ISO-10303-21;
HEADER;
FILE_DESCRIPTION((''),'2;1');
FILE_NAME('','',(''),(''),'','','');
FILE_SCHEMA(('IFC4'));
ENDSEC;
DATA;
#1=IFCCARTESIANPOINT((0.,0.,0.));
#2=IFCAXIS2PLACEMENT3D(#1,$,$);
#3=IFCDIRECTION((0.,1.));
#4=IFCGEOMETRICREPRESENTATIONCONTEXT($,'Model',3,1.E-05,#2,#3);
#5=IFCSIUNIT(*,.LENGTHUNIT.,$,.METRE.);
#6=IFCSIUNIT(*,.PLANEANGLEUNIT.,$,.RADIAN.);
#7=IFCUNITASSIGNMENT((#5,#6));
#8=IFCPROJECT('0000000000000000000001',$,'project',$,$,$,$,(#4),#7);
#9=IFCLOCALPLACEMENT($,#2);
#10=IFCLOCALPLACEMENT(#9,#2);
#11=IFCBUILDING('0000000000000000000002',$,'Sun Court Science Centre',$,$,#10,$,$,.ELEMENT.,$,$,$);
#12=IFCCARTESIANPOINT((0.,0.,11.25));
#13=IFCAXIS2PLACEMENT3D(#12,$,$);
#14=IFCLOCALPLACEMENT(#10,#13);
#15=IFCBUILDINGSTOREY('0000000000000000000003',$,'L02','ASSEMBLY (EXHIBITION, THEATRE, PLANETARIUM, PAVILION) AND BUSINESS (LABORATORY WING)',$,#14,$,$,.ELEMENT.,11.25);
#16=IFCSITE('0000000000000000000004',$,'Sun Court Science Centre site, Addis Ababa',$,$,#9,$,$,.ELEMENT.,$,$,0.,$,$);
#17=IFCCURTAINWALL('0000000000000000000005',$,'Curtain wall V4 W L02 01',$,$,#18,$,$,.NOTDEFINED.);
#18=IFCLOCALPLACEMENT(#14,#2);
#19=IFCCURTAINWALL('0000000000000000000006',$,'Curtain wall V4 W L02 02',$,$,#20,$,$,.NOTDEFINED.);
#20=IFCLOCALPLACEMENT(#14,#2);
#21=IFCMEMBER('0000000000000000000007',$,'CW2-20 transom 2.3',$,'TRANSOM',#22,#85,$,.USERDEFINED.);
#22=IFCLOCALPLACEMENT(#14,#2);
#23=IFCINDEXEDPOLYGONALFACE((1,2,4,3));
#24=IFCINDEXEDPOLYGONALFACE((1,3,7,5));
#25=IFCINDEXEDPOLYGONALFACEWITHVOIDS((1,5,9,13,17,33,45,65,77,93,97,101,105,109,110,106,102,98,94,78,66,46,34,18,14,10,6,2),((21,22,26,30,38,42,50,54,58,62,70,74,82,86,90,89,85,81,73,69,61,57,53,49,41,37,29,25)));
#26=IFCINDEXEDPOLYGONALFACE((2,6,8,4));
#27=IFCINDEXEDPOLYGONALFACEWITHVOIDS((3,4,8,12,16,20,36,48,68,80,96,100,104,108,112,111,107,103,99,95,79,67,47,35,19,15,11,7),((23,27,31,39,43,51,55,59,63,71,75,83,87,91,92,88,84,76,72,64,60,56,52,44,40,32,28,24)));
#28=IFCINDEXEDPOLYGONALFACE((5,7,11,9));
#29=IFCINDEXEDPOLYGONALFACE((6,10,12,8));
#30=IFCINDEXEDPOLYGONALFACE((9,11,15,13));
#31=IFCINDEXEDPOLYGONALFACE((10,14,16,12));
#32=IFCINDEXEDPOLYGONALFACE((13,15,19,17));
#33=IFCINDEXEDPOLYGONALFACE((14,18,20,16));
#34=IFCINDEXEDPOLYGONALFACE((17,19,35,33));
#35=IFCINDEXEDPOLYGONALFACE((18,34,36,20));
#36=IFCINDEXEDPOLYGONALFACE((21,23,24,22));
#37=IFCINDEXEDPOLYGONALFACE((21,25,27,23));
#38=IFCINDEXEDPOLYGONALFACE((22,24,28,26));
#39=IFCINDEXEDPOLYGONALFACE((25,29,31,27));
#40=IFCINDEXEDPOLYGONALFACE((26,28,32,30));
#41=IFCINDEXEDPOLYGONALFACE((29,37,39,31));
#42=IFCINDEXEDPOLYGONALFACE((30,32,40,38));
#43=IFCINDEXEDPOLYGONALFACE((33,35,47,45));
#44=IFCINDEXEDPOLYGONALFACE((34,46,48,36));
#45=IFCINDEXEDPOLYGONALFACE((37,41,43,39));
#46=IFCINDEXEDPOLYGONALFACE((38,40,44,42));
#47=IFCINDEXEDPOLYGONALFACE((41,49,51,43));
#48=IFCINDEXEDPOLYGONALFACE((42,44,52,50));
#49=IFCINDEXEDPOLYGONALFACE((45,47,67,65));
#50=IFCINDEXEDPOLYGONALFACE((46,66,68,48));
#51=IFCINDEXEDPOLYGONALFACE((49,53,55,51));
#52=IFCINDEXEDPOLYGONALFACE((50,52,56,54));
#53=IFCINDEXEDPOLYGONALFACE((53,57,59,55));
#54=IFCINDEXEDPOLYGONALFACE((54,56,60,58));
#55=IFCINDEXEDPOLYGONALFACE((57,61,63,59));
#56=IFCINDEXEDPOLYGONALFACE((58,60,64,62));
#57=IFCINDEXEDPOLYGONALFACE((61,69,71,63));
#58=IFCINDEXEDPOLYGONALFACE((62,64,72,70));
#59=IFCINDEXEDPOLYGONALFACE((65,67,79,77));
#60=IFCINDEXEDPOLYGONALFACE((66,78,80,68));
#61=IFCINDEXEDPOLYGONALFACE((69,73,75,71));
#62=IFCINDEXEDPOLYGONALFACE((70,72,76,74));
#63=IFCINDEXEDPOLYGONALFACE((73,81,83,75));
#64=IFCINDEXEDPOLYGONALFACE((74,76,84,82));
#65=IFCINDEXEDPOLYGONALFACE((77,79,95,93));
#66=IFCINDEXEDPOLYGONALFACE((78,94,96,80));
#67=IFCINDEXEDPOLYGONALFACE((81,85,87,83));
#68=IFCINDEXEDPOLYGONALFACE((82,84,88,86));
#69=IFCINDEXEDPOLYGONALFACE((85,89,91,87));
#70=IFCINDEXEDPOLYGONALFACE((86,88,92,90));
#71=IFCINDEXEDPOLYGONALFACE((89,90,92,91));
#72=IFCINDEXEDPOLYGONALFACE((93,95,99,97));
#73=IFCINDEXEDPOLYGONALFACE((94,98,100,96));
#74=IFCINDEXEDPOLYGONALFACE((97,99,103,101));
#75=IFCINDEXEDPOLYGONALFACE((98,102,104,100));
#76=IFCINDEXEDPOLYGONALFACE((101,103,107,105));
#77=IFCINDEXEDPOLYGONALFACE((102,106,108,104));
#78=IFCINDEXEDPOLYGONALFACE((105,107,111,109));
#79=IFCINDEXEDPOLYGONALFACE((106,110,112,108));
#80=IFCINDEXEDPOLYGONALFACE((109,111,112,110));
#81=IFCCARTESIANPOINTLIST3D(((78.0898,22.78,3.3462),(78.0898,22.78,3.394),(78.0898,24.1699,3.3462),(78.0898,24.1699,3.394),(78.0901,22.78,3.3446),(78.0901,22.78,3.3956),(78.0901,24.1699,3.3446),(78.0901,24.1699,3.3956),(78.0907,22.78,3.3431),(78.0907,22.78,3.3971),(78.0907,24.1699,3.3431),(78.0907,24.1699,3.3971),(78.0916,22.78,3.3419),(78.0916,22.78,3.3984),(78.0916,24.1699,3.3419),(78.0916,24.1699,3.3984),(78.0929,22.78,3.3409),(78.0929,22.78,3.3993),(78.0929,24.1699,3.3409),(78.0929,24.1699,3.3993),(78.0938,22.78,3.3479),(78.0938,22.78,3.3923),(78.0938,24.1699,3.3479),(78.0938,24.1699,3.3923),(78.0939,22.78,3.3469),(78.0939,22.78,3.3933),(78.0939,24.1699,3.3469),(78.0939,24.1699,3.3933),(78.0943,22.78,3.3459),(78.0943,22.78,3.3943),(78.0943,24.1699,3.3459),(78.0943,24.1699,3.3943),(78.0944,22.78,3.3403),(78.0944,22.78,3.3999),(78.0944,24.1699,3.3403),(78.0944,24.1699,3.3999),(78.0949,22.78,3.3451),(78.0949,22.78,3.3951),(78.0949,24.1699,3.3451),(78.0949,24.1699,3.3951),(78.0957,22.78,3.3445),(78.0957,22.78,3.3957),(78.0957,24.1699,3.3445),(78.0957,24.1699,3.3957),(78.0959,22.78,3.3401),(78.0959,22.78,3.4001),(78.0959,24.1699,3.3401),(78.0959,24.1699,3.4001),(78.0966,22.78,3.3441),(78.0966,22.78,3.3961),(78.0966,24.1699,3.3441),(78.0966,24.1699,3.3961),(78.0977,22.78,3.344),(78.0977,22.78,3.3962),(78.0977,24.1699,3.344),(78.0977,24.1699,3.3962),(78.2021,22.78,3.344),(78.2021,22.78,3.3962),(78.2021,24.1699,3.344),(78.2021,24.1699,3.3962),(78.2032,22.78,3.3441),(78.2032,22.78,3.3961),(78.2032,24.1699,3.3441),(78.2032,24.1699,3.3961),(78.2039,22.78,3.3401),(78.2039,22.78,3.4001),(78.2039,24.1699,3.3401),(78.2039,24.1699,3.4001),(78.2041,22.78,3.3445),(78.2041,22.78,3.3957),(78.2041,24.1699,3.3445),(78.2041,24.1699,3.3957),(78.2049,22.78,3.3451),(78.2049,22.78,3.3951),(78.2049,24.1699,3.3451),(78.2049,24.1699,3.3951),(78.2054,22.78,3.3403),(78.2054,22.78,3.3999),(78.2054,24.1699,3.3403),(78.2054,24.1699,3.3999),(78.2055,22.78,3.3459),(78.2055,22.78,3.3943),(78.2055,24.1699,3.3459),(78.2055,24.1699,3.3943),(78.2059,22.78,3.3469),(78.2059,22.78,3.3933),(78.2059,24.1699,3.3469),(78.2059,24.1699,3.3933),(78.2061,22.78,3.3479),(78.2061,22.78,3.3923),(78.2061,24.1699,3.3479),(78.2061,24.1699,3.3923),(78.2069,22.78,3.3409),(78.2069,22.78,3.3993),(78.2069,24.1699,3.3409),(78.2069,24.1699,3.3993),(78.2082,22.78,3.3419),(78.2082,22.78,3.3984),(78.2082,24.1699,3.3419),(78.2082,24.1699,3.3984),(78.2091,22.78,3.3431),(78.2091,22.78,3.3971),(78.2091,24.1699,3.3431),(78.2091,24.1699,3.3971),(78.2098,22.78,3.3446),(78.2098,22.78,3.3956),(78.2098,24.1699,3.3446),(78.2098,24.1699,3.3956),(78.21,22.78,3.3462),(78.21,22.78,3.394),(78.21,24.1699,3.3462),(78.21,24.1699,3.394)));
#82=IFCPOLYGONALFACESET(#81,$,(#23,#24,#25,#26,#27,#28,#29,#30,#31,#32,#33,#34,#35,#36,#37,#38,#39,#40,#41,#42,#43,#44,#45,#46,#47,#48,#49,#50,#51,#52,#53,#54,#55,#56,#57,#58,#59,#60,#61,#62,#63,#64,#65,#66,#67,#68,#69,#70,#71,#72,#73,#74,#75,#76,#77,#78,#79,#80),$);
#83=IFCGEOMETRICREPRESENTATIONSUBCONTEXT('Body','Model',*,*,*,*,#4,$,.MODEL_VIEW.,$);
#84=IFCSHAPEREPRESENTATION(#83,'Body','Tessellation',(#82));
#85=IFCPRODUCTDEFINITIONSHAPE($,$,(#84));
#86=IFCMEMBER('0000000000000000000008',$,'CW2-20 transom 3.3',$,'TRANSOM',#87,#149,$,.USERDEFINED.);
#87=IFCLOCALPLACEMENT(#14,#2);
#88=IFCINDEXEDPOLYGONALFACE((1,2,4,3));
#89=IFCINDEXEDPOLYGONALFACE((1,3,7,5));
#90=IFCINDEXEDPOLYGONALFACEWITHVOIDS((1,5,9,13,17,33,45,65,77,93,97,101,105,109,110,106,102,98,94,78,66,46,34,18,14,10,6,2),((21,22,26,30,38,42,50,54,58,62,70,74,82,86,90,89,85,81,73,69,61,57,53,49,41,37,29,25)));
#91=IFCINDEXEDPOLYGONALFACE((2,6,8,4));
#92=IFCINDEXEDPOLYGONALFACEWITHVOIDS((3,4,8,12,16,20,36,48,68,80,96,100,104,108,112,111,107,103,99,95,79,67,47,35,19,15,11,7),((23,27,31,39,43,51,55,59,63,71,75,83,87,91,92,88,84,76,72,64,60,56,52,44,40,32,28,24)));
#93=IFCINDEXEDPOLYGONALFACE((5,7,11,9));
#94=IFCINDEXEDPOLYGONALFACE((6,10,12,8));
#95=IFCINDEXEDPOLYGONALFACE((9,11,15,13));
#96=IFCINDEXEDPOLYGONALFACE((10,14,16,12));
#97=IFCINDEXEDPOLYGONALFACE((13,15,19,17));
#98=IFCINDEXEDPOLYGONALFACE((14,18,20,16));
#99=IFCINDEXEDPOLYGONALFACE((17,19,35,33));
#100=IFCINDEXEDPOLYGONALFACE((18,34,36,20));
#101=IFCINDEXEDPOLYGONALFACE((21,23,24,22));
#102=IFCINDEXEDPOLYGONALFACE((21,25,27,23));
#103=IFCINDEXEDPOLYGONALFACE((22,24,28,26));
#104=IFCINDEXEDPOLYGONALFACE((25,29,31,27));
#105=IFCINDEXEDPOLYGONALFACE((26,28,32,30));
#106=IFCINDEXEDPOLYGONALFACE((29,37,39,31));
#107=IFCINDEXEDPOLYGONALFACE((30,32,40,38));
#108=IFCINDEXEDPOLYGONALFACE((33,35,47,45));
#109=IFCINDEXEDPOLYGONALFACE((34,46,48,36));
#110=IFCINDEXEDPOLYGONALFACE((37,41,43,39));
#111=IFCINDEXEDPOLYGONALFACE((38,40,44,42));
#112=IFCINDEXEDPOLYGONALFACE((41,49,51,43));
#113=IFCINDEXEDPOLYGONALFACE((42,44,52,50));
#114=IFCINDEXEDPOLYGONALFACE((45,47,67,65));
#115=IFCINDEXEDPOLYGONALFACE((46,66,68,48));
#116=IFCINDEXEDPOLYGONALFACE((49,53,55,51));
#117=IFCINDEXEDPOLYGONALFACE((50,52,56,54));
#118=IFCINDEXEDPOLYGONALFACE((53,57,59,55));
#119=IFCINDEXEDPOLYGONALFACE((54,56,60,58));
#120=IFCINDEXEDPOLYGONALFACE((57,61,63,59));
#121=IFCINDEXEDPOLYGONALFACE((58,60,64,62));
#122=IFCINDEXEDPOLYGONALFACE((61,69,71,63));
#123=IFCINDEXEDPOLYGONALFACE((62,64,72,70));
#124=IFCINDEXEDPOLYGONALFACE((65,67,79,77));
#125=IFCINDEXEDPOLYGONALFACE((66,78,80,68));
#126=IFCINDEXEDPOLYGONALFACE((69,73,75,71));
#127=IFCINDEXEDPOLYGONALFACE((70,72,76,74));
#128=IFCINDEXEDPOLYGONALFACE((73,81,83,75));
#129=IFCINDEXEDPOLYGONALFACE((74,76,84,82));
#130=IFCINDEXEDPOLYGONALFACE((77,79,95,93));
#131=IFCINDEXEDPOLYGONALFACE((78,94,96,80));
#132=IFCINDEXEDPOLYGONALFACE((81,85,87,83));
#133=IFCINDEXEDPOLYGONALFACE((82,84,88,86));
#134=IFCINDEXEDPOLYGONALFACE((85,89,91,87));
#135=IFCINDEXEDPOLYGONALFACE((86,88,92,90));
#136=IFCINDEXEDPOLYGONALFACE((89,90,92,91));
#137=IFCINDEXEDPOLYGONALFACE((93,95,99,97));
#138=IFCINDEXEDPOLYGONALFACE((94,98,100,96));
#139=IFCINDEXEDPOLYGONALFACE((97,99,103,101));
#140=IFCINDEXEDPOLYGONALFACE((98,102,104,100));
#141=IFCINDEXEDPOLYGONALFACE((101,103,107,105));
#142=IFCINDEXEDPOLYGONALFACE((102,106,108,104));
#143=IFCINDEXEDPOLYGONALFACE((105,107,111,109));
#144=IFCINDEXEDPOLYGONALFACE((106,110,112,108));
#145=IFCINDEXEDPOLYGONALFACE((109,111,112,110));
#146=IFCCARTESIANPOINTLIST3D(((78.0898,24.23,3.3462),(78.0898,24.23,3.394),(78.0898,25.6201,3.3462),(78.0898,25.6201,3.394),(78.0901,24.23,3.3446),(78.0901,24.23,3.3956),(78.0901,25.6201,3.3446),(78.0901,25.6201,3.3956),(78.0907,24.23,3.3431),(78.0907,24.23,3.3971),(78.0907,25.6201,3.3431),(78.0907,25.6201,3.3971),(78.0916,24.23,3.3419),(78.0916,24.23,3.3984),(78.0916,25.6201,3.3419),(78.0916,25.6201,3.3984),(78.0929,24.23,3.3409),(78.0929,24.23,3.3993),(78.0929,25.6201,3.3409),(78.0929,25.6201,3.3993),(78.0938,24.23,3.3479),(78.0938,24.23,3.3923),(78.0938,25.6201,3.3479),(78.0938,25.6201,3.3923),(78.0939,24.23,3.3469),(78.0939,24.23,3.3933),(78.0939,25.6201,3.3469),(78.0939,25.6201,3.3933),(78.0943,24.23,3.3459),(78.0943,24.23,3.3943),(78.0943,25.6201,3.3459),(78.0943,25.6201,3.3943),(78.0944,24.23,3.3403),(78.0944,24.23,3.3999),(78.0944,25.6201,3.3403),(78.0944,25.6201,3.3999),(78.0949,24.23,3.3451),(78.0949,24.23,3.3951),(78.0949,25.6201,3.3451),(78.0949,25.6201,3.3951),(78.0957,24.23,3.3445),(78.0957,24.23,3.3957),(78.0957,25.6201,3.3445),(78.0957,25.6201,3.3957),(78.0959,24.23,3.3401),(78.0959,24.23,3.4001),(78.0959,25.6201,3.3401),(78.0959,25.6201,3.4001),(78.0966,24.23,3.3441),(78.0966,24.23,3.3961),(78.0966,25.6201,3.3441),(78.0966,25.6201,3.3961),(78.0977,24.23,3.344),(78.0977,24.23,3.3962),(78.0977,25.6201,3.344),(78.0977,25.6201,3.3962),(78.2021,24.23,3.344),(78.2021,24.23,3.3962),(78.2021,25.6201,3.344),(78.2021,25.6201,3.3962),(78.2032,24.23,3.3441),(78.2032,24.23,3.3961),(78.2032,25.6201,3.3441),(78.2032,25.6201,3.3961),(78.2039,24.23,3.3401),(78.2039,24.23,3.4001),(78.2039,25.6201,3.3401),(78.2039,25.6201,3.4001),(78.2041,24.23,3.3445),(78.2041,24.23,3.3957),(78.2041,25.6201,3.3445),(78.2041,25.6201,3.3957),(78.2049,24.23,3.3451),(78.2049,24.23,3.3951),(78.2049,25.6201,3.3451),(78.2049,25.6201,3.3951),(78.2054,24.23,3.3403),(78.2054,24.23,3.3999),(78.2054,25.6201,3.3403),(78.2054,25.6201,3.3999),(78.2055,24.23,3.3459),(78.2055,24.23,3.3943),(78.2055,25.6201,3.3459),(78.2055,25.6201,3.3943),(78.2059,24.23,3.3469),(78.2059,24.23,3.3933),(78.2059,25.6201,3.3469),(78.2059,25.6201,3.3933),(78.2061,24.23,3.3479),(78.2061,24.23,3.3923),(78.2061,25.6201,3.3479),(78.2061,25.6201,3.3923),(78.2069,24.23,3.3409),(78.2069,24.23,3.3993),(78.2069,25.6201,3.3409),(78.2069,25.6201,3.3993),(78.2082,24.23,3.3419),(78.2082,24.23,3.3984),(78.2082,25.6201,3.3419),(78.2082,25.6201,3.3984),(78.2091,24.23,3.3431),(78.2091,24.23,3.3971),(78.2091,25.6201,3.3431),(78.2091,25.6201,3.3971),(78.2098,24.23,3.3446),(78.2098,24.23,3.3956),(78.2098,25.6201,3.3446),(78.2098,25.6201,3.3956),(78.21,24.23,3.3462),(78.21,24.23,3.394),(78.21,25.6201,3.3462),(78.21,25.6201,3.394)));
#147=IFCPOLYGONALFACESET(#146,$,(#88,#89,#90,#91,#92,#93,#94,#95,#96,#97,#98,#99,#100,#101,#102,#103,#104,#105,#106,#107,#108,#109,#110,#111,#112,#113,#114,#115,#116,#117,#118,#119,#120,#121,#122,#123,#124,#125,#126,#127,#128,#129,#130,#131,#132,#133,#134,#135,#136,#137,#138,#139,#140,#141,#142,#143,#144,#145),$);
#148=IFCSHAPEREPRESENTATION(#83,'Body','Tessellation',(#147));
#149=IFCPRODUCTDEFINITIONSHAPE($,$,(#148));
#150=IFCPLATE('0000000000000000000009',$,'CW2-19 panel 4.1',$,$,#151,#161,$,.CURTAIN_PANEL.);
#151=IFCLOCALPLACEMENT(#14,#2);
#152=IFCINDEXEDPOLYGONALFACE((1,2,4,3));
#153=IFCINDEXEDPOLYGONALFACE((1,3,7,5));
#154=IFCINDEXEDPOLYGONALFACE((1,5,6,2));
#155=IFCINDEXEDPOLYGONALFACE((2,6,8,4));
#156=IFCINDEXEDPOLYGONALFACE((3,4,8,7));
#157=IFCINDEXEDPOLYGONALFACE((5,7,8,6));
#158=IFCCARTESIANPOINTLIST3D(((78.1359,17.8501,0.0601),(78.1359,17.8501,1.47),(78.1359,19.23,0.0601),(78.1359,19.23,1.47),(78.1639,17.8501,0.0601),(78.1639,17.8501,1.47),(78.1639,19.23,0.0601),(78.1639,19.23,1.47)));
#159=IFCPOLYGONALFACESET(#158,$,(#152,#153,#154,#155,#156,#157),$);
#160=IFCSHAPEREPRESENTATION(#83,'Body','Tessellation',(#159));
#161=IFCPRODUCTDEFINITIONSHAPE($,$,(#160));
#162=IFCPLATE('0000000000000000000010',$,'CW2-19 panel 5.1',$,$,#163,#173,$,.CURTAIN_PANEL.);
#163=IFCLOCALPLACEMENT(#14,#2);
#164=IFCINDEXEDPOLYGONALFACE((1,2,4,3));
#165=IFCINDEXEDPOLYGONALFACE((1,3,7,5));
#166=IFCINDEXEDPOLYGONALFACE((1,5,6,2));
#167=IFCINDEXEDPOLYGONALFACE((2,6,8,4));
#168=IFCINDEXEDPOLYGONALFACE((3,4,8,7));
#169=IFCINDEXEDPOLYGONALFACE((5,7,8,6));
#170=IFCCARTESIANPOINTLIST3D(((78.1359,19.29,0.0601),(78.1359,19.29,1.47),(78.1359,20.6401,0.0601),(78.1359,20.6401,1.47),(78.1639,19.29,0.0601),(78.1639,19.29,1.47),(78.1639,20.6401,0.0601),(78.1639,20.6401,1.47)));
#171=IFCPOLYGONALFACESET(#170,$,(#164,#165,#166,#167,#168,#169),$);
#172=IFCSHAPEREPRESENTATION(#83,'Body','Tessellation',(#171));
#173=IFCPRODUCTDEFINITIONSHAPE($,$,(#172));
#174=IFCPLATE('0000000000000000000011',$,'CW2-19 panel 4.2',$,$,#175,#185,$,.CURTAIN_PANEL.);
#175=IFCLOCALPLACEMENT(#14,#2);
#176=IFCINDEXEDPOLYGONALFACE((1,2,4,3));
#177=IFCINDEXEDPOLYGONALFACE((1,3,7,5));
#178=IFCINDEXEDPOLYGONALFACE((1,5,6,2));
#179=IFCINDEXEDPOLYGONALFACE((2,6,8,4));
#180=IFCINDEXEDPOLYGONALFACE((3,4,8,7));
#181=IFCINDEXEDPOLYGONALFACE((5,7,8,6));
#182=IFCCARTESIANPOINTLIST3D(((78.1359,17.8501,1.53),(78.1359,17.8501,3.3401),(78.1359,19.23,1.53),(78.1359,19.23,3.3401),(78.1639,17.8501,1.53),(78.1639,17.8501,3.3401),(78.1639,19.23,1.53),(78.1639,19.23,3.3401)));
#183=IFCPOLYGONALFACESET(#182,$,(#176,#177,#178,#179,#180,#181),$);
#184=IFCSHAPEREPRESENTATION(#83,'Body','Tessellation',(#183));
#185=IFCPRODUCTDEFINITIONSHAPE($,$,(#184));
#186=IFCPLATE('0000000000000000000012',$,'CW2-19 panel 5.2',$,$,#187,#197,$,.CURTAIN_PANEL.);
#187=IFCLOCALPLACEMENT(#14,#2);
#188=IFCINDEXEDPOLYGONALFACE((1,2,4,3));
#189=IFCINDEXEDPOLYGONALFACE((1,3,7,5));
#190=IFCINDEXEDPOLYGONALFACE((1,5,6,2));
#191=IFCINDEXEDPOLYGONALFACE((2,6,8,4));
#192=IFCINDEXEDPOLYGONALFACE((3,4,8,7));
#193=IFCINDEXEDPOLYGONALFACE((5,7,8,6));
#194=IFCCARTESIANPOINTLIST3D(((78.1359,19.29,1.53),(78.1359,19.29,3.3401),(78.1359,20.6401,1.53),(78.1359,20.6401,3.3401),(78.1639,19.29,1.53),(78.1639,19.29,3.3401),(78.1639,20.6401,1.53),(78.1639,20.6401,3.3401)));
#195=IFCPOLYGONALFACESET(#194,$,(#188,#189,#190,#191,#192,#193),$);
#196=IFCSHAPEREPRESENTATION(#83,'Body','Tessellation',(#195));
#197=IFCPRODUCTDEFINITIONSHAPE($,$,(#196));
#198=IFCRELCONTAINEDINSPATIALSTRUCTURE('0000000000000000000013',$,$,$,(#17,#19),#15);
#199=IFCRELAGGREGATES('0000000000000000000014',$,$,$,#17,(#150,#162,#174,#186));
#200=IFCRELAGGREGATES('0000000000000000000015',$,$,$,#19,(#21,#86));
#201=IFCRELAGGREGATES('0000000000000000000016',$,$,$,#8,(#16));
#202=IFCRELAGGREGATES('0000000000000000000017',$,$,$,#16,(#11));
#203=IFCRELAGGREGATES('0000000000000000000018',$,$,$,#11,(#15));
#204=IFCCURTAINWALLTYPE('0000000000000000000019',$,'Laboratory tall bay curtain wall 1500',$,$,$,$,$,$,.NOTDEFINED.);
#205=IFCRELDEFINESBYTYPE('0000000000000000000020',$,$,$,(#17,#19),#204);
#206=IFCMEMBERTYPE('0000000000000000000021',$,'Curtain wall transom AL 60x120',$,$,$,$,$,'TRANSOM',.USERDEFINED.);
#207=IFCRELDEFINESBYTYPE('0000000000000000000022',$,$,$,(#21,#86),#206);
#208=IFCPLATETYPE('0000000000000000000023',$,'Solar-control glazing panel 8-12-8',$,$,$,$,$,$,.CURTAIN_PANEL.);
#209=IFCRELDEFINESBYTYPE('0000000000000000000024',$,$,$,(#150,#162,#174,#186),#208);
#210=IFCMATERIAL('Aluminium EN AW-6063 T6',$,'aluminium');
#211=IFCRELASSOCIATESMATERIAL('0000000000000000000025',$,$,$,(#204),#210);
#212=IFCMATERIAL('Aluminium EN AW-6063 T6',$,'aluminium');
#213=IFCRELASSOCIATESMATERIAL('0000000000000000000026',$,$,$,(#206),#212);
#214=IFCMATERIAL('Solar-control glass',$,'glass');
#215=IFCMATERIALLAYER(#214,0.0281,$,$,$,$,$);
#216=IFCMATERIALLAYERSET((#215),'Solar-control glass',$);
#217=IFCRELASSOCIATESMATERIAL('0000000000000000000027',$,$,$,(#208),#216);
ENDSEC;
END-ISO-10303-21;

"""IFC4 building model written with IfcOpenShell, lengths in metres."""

from ifc_helpers import new_model, si_unit, direction, frame, origin, origin_2d, place, context, subcontext, project, spatial, rectangle, hollow_rectangle, extrude, material, layer, layer_set, material_profile, profile_set, type_object, element, aggregate, save


model = new_model("IFC4")

# Units and contexts
model_context = context("Model", 3, precision=1e-05, world=origin(), true_north=direction((0.0, 1.0)))
body_context = subcontext(model_context, "Body", "Model", "MODEL_VIEW")
ifc_project = project(units=[si_unit("LENGTHUNIT", "METRE"), si_unit("PLANEANGLEUNIT", "RADIAN")], contexts=[model_context])

# Site, building, storey
site_placement = place(None, origin())
site = spatial("IfcSite", under=ifc_project, at=site_placement, Name="Sun Court Science Centre site, Addis Ababa", CompositionType="ELEMENT", RefElevation=0.0)
building_placement = place(site_placement, origin())
building = spatial("IfcBuilding", under=site, at=building_placement, Name="Sun Court Science Centre", CompositionType="ELEMENT")
storey_placement = place(building_placement, frame((0.0, 0.0, 11.25)))
storey = spatial("IfcBuildingStorey", under=building, at=storey_placement, Name="L02", Description="ASSEMBLY (EXHIBITION, THEATRE, PLANETARIUM, PAVILION) AND BUSINESS (LABORATORY WING)", CompositionType="ELEMENT", Elevation=11.25)

# Curtain walls
ifc_material_1 = material(Name="Aluminium EN AW-6063 T6", Category="aluminium")
curtain_wall_type = type_object("IfcCurtainWallType", Name="Laboratory tall bay curtain wall 1500", PredefinedType="NOTDEFINED", material=ifc_material_1)
curtain_wall_1_placement = place(storey_placement, origin())
curtain_wall_1 = element("IfcCurtainWall", 1, at=curtain_wall_1_placement, inside=storey, type_object=curtain_wall_type, Name="Curtain wall V4 W L02 01", PredefinedType="NOTDEFINED")
curtain_wall_2_placement = place(storey_placement, origin())
curtain_wall_2 = element("IfcCurtainWall", 2, at=curtain_wall_2_placement, inside=storey, type_object=curtain_wall_type, Name="Curtain wall V4 W L02 02", PredefinedType="NOTDEFINED")

# Members
ifc_material_2 = material(Name="Aluminium EN AW-6063 T6", Category="aluminium")
ifc_material_profile_1 = material_profile(ifc_material_2, hollow_rectangle(XDim=0.0601, YDim=0.1201, WallThickness=0.0039, InnerFilletRadius=0.0039, OuterFilletRadius=0.0061, at=origin_2d()), Name="AL 60x120x4")
ifc_profile_set_1 = profile_set([ifc_material_profile_1], Name="Aluminium EN AW-6063 T6")
member_type_1 = type_object("IfcMemberType", Name="Curtain wall transom AL 60x120", ElementType="TRANSOM", PredefinedType="USERDEFINED", material=ifc_profile_set_1)
member_1_placement = place(storey_placement, frame((78.1499, 22.78, 3.3701), z_axis=(0.0, 1.0, 0.0), x_axis=(0.0, 0.0, 1.0)))
member_1 = element("IfcMember", 3, at=member_1_placement, type_object=member_type_1, Name="CW2-20 transom 2.3", ObjectType="TRANSOM", PredefinedType="USERDEFINED", context=body_context, shape_type="SweptSolid", body=[
    extrude(hollow_rectangle(XDim=0.0601, YDim=0.1201, WallThickness=0.0039, InnerFilletRadius=0.0039, OuterFilletRadius=0.0061, at=origin_2d()), origin(), (0.0, 0.0, 1.0), 1.3899),
])
member_2_placement = place(storey_placement, frame((78.1499, 24.23, 3.3701), z_axis=(0.0, 1.0, 0.0), x_axis=(0.0, 0.0, 1.0)))
member_2 = element("IfcMember", 4, at=member_2_placement, type_object=member_type_1, Name="CW2-20 transom 3.3", ObjectType="TRANSOM", PredefinedType="USERDEFINED", context=body_context, shape_type="SweptSolid", body=[
    extrude(hollow_rectangle(XDim=0.0601, YDim=0.1201, WallThickness=0.0039, InnerFilletRadius=0.0039, OuterFilletRadius=0.0061, at=origin_2d()), origin(), (0.0, 0.0, 1.0), 1.3901),
])

# Plates
ifc_material_3 = material(Name="Solar-control glass", Category="glass")
ifc_layer = layer(ifc_material_3, 0.0281)
ifc_layer_set = layer_set([ifc_layer], Name="Solar-control glass")
plate_type = type_object("IfcPlateType", Name="Solar-control glazing panel 8-12-8", PredefinedType="CURTAIN_PANEL", material=ifc_layer_set)
plate_1_placement = place(storey_placement, frame((78.1499, 18.54, 0.0601), z_axis=(0.0, 0.0, 1.0), x_axis=(0.0, 1.0, 0.0)))
plate_1 = element("IfcPlate", 5, at=plate_1_placement, type_object=plate_type, Name="CW2-19 panel 4.1", PredefinedType="CURTAIN_PANEL", context=body_context, shape_type="SweptSolid", body=[
    extrude(rectangle(XDim=1.3799, YDim=0.0281, at=origin_2d()), origin(), (0.0, 0.0, 1.0), 1.4099),
])
plate_2_placement = place(storey_placement, frame((78.1499, 19.9651, 0.0601), z_axis=(0.0, 0.0, 1.0), x_axis=(0.0, 1.0, 0.0)))
plate_2 = element("IfcPlate", 6, at=plate_2_placement, type_object=plate_type, Name="CW2-19 panel 5.1", PredefinedType="CURTAIN_PANEL", context=body_context, shape_type="SweptSolid", body=[
    extrude(rectangle(XDim=1.3501, YDim=0.0281, at=origin_2d()), origin(), (0.0, 0.0, 1.0), 1.4099),
])
plate_3_placement = place(storey_placement, frame((78.1499, 18.54, 1.53), z_axis=(0.0, 0.0, 1.0), x_axis=(0.0, 1.0, 0.0)))
plate_3 = element("IfcPlate", 7, at=plate_3_placement, type_object=plate_type, Name="CW2-19 panel 4.2", PredefinedType="CURTAIN_PANEL", context=body_context, shape_type="SweptSolid", body=[
    extrude(rectangle(XDim=1.3799, YDim=0.0281, at=origin_2d()), origin(), (0.0, 0.0, 1.0), 1.8101),
])
plate_4_placement = place(storey_placement, frame((78.1499, 19.9651, 1.53), z_axis=(0.0, 0.0, 1.0), x_axis=(0.0, 1.0, 0.0)))
plate_4 = element("IfcPlate", 8, at=plate_4_placement, type_object=plate_type, Name="CW2-19 panel 5.2", PredefinedType="CURTAIN_PANEL", context=body_context, shape_type="SweptSolid", body=[
    extrude(rectangle(XDim=1.3501, YDim=0.0281, at=origin_2d()), origin(), (0.0, 0.0, 1.0), 1.8101),
])
aggregate(curtain_wall_1, [plate_1, plate_2, plate_3, plate_4])
aggregate(curtain_wall_2, [member_1, member_2])

save(model, "model.ifc")
